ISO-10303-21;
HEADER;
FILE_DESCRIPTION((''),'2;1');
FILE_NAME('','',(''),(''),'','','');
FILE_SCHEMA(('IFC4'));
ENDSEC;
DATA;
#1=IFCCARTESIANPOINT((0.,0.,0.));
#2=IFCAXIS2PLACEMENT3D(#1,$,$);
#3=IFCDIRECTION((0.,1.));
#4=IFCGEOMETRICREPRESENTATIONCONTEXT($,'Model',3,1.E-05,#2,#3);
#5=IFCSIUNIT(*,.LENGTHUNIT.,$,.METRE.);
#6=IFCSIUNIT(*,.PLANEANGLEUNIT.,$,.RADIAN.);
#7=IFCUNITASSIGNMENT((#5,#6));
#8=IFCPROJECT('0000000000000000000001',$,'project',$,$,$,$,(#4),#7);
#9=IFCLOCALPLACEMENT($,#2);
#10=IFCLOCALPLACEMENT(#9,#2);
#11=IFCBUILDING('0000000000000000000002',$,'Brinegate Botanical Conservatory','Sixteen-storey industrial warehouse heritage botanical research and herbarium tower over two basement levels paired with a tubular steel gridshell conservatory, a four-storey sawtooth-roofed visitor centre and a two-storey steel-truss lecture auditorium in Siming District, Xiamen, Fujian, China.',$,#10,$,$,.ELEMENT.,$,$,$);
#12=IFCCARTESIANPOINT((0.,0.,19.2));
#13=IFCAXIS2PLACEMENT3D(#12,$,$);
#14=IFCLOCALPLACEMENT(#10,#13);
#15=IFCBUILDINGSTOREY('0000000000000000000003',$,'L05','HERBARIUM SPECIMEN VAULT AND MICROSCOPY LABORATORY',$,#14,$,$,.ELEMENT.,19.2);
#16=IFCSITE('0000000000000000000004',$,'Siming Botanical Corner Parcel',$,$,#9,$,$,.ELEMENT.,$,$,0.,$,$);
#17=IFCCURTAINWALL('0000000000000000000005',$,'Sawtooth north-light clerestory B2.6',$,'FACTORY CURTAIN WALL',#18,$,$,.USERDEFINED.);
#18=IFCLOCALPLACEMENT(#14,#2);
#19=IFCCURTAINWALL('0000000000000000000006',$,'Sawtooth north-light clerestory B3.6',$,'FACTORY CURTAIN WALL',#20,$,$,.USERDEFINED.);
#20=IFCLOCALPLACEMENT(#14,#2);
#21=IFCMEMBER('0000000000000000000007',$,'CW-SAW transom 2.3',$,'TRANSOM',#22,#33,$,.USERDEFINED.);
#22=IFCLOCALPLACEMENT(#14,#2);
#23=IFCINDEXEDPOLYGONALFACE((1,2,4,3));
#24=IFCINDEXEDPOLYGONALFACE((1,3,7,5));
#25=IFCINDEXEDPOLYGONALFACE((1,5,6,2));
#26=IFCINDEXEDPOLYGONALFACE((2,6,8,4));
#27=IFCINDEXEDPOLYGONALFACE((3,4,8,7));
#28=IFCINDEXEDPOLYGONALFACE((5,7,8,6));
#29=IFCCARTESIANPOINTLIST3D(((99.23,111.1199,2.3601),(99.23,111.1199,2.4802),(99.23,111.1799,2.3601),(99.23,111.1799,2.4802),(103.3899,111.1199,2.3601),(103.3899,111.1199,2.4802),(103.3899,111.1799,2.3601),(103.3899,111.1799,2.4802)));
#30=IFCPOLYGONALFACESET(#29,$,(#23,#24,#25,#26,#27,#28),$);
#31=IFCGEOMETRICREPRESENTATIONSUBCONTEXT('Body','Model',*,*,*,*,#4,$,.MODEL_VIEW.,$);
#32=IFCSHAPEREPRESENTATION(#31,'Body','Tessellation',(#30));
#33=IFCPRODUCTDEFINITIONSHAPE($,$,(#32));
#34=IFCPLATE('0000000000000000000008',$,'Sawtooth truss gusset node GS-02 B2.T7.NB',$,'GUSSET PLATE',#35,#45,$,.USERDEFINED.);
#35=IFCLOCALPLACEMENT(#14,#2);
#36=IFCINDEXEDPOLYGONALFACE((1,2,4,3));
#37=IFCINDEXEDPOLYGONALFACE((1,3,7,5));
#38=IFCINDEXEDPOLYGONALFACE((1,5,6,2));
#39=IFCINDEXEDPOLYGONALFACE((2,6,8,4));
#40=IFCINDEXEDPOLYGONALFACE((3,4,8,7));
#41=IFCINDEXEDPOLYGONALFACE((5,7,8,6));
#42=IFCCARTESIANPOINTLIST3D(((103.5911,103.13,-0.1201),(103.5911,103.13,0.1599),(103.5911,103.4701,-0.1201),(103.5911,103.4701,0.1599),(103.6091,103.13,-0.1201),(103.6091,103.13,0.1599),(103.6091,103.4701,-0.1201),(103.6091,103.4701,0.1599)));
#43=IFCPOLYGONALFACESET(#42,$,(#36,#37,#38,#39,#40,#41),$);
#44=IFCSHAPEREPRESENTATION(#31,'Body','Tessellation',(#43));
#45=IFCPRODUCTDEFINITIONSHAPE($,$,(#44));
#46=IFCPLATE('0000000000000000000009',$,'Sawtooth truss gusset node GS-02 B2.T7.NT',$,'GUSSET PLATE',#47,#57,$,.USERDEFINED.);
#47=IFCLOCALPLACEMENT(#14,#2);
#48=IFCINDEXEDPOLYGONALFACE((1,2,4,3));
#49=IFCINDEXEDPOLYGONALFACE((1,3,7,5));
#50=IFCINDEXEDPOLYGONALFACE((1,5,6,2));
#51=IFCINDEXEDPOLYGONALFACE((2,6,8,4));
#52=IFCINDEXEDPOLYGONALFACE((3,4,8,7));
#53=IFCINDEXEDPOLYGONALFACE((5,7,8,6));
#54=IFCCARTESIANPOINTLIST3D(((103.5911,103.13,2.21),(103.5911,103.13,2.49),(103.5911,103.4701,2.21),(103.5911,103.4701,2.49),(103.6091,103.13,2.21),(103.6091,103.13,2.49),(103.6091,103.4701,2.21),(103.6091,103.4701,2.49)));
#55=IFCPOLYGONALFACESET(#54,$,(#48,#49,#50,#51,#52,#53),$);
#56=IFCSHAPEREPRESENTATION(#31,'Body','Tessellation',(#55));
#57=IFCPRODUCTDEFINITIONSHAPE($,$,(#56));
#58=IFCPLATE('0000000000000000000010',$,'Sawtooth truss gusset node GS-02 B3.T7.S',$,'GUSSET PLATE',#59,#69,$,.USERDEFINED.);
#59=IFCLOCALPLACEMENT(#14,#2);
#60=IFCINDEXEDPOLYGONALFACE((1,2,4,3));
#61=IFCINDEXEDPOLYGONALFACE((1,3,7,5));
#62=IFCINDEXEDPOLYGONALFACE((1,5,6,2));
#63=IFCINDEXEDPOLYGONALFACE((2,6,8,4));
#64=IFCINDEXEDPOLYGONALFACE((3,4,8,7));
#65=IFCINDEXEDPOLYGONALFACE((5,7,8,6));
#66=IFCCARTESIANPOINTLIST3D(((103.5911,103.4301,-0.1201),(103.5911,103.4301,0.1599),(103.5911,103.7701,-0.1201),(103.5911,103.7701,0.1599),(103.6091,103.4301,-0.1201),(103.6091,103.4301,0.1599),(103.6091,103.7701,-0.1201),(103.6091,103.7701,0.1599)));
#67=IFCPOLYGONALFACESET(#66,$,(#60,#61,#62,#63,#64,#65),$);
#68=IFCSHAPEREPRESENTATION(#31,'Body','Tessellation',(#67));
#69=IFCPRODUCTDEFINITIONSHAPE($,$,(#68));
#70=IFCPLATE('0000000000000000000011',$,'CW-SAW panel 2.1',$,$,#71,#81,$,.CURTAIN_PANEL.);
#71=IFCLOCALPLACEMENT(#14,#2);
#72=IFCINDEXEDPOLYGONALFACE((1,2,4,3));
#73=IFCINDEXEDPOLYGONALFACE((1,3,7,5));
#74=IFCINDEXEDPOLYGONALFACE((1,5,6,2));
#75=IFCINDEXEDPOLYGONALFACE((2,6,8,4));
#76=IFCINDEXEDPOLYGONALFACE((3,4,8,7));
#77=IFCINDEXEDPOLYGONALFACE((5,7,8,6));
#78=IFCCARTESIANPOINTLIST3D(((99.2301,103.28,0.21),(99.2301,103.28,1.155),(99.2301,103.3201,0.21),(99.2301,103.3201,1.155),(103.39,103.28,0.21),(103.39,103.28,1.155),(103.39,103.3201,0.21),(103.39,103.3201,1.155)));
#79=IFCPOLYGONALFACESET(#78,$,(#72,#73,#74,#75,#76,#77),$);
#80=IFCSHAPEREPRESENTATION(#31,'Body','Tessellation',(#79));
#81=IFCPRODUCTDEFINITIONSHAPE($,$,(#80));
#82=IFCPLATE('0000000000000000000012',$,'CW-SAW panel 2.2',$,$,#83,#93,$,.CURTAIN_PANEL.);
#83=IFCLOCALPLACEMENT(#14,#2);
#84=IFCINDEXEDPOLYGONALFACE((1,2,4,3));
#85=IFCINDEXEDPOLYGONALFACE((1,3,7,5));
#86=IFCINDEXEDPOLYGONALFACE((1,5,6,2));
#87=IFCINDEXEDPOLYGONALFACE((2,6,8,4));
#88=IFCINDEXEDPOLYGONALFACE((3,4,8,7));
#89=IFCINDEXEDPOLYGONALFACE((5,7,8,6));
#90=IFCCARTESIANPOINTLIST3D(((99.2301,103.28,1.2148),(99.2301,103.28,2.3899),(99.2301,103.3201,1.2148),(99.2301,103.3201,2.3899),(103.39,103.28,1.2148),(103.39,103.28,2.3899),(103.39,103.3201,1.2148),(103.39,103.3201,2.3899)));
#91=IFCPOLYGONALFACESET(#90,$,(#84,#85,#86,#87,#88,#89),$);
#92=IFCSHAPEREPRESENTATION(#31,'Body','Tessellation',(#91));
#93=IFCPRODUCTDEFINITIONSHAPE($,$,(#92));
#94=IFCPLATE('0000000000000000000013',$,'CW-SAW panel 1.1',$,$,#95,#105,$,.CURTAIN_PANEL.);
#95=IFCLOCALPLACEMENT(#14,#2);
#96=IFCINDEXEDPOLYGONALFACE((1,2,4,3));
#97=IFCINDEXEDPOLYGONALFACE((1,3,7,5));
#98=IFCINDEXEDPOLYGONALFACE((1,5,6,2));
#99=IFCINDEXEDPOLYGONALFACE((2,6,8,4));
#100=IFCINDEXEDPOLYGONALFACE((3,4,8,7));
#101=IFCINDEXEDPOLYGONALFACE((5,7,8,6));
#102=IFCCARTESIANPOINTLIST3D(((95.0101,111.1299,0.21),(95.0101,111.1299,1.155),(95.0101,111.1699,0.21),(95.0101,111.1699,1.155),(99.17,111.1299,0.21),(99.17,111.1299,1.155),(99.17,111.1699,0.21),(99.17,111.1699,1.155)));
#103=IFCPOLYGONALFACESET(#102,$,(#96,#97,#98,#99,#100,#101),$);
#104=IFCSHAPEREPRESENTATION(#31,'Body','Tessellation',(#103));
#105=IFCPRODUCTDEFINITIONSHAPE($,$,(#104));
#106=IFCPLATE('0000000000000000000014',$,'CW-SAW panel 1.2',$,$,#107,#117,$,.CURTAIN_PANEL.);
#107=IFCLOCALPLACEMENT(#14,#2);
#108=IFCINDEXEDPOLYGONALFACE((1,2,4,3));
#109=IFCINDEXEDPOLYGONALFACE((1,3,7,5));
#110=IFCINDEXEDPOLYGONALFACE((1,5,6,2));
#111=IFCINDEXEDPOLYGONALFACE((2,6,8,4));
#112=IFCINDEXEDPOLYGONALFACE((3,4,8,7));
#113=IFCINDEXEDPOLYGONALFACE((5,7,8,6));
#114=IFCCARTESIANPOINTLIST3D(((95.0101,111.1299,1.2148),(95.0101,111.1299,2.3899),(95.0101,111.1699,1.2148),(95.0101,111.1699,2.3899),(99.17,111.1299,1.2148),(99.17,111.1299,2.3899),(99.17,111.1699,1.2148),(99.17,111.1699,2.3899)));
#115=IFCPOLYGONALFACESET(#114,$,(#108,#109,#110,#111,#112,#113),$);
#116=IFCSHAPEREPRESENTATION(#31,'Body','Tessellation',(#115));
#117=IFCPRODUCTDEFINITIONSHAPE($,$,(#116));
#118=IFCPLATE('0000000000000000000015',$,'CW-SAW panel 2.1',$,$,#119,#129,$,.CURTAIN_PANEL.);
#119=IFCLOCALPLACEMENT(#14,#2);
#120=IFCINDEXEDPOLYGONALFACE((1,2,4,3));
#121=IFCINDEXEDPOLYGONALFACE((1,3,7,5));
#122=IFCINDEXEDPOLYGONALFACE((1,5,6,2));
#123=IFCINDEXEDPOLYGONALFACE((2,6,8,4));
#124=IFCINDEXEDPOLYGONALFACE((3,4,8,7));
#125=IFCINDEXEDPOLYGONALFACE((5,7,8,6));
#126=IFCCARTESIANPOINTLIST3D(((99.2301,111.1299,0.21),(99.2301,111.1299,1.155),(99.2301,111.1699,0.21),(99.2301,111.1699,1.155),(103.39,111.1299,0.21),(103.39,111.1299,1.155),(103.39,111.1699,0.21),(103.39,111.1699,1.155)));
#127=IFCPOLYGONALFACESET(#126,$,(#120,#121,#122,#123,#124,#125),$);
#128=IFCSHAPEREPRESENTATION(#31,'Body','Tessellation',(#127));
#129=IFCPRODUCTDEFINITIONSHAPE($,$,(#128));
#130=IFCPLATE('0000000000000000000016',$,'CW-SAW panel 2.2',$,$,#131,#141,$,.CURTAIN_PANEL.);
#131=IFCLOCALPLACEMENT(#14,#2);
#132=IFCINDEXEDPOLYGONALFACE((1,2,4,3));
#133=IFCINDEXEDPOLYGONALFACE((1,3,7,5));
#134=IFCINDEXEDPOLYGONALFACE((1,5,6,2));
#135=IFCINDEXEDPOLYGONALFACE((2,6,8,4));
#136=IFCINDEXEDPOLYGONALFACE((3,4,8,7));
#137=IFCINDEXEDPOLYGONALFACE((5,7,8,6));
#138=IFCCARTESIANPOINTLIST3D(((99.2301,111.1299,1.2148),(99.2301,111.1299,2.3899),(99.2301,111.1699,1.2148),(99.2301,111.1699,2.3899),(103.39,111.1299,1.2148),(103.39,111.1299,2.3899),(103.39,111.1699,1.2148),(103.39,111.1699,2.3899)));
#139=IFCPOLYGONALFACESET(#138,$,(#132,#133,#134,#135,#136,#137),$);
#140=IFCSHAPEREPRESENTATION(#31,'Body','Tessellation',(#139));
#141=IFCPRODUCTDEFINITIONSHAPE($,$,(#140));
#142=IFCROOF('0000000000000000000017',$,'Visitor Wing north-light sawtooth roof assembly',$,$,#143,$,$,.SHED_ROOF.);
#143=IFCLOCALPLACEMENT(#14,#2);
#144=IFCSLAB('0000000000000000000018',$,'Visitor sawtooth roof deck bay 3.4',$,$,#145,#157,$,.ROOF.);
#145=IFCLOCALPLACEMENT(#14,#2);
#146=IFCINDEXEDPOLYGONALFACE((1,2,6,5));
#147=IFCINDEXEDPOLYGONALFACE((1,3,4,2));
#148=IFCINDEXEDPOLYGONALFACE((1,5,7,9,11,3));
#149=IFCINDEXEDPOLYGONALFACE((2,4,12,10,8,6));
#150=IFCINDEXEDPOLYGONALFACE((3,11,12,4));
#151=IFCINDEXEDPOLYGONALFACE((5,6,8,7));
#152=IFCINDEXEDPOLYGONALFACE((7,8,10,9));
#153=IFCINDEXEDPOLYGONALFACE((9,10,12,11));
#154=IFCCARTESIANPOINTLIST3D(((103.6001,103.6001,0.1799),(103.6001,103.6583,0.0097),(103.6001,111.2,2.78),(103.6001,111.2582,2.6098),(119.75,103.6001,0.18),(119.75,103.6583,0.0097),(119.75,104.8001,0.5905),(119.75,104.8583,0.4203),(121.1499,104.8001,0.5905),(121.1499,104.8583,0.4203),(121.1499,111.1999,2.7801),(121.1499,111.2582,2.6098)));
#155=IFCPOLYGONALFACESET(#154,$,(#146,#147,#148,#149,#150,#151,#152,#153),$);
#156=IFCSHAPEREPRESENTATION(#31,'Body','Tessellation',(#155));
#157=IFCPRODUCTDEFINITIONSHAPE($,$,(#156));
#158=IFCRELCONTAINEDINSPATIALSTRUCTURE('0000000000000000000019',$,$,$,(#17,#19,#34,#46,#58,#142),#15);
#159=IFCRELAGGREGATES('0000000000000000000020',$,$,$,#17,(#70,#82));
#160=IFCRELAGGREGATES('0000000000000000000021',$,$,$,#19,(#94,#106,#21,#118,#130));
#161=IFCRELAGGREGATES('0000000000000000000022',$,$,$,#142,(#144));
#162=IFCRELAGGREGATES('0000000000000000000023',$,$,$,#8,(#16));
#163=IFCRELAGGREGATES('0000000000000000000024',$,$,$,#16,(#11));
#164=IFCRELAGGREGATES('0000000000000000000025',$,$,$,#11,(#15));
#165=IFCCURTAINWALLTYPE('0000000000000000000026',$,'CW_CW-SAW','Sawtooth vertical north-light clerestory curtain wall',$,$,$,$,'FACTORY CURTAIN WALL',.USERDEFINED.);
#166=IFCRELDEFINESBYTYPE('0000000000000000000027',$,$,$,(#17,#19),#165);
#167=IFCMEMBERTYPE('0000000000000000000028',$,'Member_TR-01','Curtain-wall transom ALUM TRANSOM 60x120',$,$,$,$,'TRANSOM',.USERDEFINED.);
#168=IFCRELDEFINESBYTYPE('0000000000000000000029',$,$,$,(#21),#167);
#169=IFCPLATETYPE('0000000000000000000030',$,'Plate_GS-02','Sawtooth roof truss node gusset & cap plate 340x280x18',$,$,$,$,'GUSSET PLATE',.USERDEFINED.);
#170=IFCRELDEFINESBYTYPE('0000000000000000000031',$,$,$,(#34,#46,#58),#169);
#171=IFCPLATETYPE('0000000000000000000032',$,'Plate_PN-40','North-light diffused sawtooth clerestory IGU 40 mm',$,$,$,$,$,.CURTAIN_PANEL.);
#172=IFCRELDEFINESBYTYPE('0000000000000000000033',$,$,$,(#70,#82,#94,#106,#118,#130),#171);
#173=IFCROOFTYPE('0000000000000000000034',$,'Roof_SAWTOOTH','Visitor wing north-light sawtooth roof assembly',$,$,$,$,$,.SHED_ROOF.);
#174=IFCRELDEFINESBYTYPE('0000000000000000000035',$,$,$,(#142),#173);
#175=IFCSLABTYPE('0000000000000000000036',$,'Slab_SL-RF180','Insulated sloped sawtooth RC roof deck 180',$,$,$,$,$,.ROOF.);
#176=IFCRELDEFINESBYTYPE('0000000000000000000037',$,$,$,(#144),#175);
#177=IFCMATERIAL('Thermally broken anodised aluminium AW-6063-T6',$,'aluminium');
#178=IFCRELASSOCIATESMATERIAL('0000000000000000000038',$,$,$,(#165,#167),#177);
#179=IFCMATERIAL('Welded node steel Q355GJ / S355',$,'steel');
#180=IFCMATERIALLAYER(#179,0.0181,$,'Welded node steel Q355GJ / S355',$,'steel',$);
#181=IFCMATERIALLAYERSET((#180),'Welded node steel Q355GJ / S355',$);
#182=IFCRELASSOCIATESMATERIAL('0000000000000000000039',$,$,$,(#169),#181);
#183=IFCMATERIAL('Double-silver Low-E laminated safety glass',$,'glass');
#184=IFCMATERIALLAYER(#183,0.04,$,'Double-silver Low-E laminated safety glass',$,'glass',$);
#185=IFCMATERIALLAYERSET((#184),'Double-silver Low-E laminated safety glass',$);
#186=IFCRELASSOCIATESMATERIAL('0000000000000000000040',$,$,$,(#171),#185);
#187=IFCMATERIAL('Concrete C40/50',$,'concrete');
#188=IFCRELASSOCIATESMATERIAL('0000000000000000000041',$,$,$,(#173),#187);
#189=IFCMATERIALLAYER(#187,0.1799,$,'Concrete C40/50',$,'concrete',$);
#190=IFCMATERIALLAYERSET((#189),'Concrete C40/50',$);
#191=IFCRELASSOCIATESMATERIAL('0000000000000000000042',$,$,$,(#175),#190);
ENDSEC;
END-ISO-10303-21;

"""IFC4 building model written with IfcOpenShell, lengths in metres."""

from ifc_helpers import new_model, si_unit, direction, frame, origin, origin_2d, place, context, subcontext, project, spatial, polyline, rectangle, outline, extrude, material, layer, layer_set, material_profile, profile_set, type_object, element, aggregate, save


model = new_model("IFC4")

# Units and contexts
model_context = context("Model", 3, precision=1e-05, world=origin(), true_north=direction((0.0, 1.0)))
body_context = subcontext(model_context, "Body", "Model", "MODEL_VIEW")
ifc_project = project(units=[si_unit("LENGTHUNIT", "METRE"), si_unit("PLANEANGLEUNIT", "RADIAN")], contexts=[model_context])

# Site, building, storey
site_placement = place(None, origin())
site = spatial("IfcSite", under=ifc_project, at=site_placement, Name="Siming Botanical Corner Parcel", CompositionType="ELEMENT", RefElevation=0.0)
building_placement = place(site_placement, origin())
building = spatial("IfcBuilding", under=site, at=building_placement, Name="Brinegate Botanical Conservatory", Description="Sixteen-storey industrial warehouse heritage botanical research and herbarium tower over two basement levels paired with a tubular steel gridshell conservatory, a four-storey sawtooth-roofed visitor centre and a two-storey steel-truss lecture auditorium in Siming District, Xiamen, Fujian, China.", CompositionType="ELEMENT")
storey_placement = place(building_placement, frame((0.0, 0.0, 19.2)))
storey = spatial("IfcBuildingStorey", under=building, at=storey_placement, Name="L05", Description="HERBARIUM SPECIMEN VAULT AND MICROSCOPY LABORATORY", CompositionType="ELEMENT", Elevation=19.2)

# Curtain wall
ifc_material_1 = material(Name="Thermally broken anodised aluminium AW-6063-T6", Category="aluminium")
curtain_wall_type = type_object("IfcCurtainWallType", Name="CW_CW-SAW", Description="Sawtooth vertical north-light clerestory curtain wall", ElementType="FACTORY CURTAIN WALL", PredefinedType="USERDEFINED", material=ifc_material_1)
curtain_wall_1_placement = place(storey_placement, origin())
curtain_wall_1 = element("IfcCurtainWall", 1, at=curtain_wall_1_placement, inside=storey, type_object=curtain_wall_type, Name="Sawtooth north-light clerestory B2.6", ObjectType="FACTORY CURTAIN WALL", PredefinedType="USERDEFINED")

# Curtain wall
curtain_wall_2_placement = place(storey_placement, origin())
curtain_wall_2 = element("IfcCurtainWall", 2, at=curtain_wall_2_placement, inside=storey, type_object=curtain_wall_type, Name="Sawtooth north-light clerestory B3.6", ObjectType="FACTORY CURTAIN WALL", PredefinedType="USERDEFINED")

# Member
ifc_material_profile_1 = material_profile(ifc_material_1, rectangle(XDim=0.0601, YDim=0.1201, at=origin_2d()), Name="ALUM TRANSOM 60x120")
ifc_profile_set_1 = profile_set([ifc_material_profile_1], Name="Thermally broken anodised aluminium AW-6063-T6")
member_type_1 = type_object("IfcMemberType", Name="Member_TR-01", Description="Curtain-wall transom ALUM TRANSOM 60x120", ElementType="TRANSOM", PredefinedType="USERDEFINED", material=ifc_profile_set_1)
member_1_placement = place(storey_placement, frame((99.23, 111.1499, 2.4202), z_axis=(1.0, 0.0, 0.0), x_axis=(0.0, 1.0, 0.0)))
member_1 = element("IfcMember", 3, at=member_1_placement, type_object=member_type_1, Name="CW-SAW transom 2.3", ObjectType="TRANSOM", PredefinedType="USERDEFINED", context=body_context, shape_type="SweptSolid", body=[
    extrude(rectangle(XDim=0.0601, YDim=0.1201, at=origin_2d()), origin(), (0.0, 0.0, 1.0), 4.1599),
])

# Plates
ifc_material_2 = material(Name="Welded node steel Q355GJ / S355", Category="steel")
ifc_layer_1 = layer(ifc_material_2, 0.0181, Name="Welded node steel Q355GJ / S355", Category="steel")
ifc_layer_set_1 = layer_set([ifc_layer_1], Name="Welded node steel Q355GJ / S355")
plate_type_1 = type_object("IfcPlateType", Name="Plate_GS-02", Description="Sawtooth roof truss node gusset & cap plate 340x280x18", ElementType="GUSSET PLATE", PredefinedType="USERDEFINED", material=ifc_layer_set_1)
for number, where, z_axis, x_axis, name in (
    (4, (103.6001, 103.3, -0.1201), (0.0, 0.0, 1.0), (1.0, 0.0, 0.0), "Sawtooth truss gusset node GS-02 B2.T7.NB"),
    (5, (103.6001, 103.3, 2.21), (0.0, 0.0, 1.0), (1.0, 0.0, 0.0), "Sawtooth truss gusset node GS-02 B2.T7.NT"),
    (6, (103.6001, 103.6001, -0.1201), (0.0, 0.0, 1.0), (1.0, 0.0, 0.0), "Sawtooth truss gusset node GS-02 B3.T7.S"),
):
    element("IfcPlate", number, at=place(storey_placement, frame(where, z_axis=z_axis, x_axis=x_axis)), inside=storey, type_object=plate_type_1, Name=name, ObjectType="GUSSET PLATE", PredefinedType="USERDEFINED", context=body_context, shape_type="SweptSolid", body=[
        extrude(rectangle(XDim=0.0181, YDim=0.3401, at=origin_2d()), origin(), (0.0, 0.0, 1.0), 0.28),
    ])

# Plates
ifc_material_3 = material(Name="Double-silver Low-E laminated safety glass", Category="glass")
ifc_layer_2 = layer(ifc_material_3, 0.04, Name="Double-silver Low-E laminated safety glass", Category="glass")
ifc_layer_set_2 = layer_set([ifc_layer_2], Name="Double-silver Low-E laminated safety glass")
plate_type_2 = type_object("IfcPlateType", Name="Plate_PN-40", Description="North-light diffused sawtooth clerestory IGU 40 mm", PredefinedType="CURTAIN_PANEL", material=ifc_layer_set_2)
plate_1_placement = place(storey_placement, frame((101.3101, 103.3, 0.21), z_axis=(0.0, 0.0, 1.0), x_axis=(1.0, 0.0, 0.0)))
plate_1 = element("IfcPlate", 7, at=plate_1_placement, type_object=plate_type_2, Name="CW-SAW panel 2.1", PredefinedType="CURTAIN_PANEL", context=body_context, shape_type="SweptSolid", body=[
    extrude(rectangle(XDim=4.1599, YDim=0.04, at=origin_2d()), origin(), (0.0, 0.0, 1.0), 0.9451),
])
plate_2_placement = place(storey_placement, frame((101.3101, 103.3, 1.2148), z_axis=(0.0, 0.0, 1.0), x_axis=(1.0, 0.0, 0.0)))
plate_2 = element("IfcPlate", 8, at=plate_2_placement, type_object=plate_type_2, Name="CW-SAW panel 2.2", PredefinedType="CURTAIN_PANEL", context=body_context, shape_type="SweptSolid", body=[
    extrude(rectangle(XDim=4.1599, YDim=0.04, at=origin_2d()), origin(), (0.0, 0.0, 1.0), 1.175),
])
aggregate(curtain_wall_1, [plate_1, plate_2])
plate_3_placement = place(storey_placement, frame((97.0901, 111.1499, 0.21), z_axis=(0.0, 0.0, 1.0), x_axis=(1.0, 0.0, 0.0)))
plate_3 = element("IfcPlate", 9, at=plate_3_placement, type_object=plate_type_2, Name="CW-SAW panel 1.1", PredefinedType="CURTAIN_PANEL", context=body_context, shape_type="SweptSolid", body=[
    extrude(rectangle(XDim=4.1599, YDim=0.04, at=origin_2d()), origin(), (0.0, 0.0, 1.0), 0.9451),
])
plate_4_placement = place(storey_placement, frame((97.0901, 111.1499, 1.2148), z_axis=(0.0, 0.0, 1.0), x_axis=(1.0, 0.0, 0.0)))
plate_4 = element("IfcPlate", 10, at=plate_4_placement, type_object=plate_type_2, Name="CW-SAW panel 1.2", PredefinedType="CURTAIN_PANEL", context=body_context, shape_type="SweptSolid", body=[
    extrude(rectangle(XDim=4.1599, YDim=0.04, at=origin_2d()), origin(), (0.0, 0.0, 1.0), 1.175),
])
plate_5_placement = place(storey_placement, frame((101.3101, 111.1499, 0.21), z_axis=(0.0, 0.0, 1.0), x_axis=(1.0, 0.0, 0.0)))
plate_5 = element("IfcPlate", 11, at=plate_5_placement, type_object=plate_type_2, Name="CW-SAW panel 2.1", PredefinedType="CURTAIN_PANEL", context=body_context, shape_type="SweptSolid", body=[
    extrude(rectangle(XDim=4.1599, YDim=0.04, at=origin_2d()), origin(), (0.0, 0.0, 1.0), 0.9451),
])
plate_6_placement = place(storey_placement, frame((101.3101, 111.1499, 1.2148), z_axis=(0.0, 0.0, 1.0), x_axis=(1.0, 0.0, 0.0)))
plate_6 = element("IfcPlate", 12, at=plate_6_placement, type_object=plate_type_2, Name="CW-SAW panel 2.2", PredefinedType="CURTAIN_PANEL", context=body_context, shape_type="SweptSolid", body=[
    extrude(rectangle(XDim=4.1599, YDim=0.04, at=origin_2d()), origin(), (0.0, 0.0, 1.0), 1.175),
])
aggregate(curtain_wall_2, [plate_3, plate_4, member_1, plate_5, plate_6])

# Roof, slab
ifc_material_4 = material(Name="Concrete C40/50", Category="concrete")
roof_type = type_object("IfcRoofType", Name="Roof_SAWTOOTH", Description="Visitor wing north-light sawtooth roof assembly", PredefinedType="SHED_ROOF", material=ifc_material_4)
roof_placement = place(storey_placement, origin())
roof = element("IfcRoof", 13, at=roof_placement, inside=storey, type_object=roof_type, Name="Visitor Wing north-light sawtooth roof assembly", PredefinedType="SHED_ROOF")
ifc_layer_3 = layer(ifc_material_4, 0.1799, Name="Concrete C40/50", Category="concrete")
ifc_layer_set_3 = layer_set([ifc_layer_3], Name="Concrete C40/50")
slab_type = type_object("IfcSlabType", Name="Slab_SL-RF180", Description="Insulated sloped sawtooth RC roof deck 180", PredefinedType="ROOF", material=ifc_layer_set_3)
slab_placement = place(storey_placement, frame((103.6001, 103.6001, 0.1799), z_axis=(-0.000003, -0.323703, 0.946159), x_axis=(1.0, -0.000001, 0.000003)))
slab = element("IfcSlab", 14, at=slab_placement, type_object=slab_type, Name="Visitor sawtooth roof deck bay 3.4", PredefinedType="ROOF", context=body_context, shape_type="SweptSolid", body=[
    extrude(outline(polyline([(0.0, 0.0), (16.1499, 0.0), (16.1499, 1.2683), (17.5498, 1.2683), (17.5498, 8.0323), (0.0, 8.0323), (0.0, 0.0)])), origin(), (0.0, 0.0, -1.0), 0.1799),
])
aggregate(roof, [slab])

save(model, "model.ifc")
